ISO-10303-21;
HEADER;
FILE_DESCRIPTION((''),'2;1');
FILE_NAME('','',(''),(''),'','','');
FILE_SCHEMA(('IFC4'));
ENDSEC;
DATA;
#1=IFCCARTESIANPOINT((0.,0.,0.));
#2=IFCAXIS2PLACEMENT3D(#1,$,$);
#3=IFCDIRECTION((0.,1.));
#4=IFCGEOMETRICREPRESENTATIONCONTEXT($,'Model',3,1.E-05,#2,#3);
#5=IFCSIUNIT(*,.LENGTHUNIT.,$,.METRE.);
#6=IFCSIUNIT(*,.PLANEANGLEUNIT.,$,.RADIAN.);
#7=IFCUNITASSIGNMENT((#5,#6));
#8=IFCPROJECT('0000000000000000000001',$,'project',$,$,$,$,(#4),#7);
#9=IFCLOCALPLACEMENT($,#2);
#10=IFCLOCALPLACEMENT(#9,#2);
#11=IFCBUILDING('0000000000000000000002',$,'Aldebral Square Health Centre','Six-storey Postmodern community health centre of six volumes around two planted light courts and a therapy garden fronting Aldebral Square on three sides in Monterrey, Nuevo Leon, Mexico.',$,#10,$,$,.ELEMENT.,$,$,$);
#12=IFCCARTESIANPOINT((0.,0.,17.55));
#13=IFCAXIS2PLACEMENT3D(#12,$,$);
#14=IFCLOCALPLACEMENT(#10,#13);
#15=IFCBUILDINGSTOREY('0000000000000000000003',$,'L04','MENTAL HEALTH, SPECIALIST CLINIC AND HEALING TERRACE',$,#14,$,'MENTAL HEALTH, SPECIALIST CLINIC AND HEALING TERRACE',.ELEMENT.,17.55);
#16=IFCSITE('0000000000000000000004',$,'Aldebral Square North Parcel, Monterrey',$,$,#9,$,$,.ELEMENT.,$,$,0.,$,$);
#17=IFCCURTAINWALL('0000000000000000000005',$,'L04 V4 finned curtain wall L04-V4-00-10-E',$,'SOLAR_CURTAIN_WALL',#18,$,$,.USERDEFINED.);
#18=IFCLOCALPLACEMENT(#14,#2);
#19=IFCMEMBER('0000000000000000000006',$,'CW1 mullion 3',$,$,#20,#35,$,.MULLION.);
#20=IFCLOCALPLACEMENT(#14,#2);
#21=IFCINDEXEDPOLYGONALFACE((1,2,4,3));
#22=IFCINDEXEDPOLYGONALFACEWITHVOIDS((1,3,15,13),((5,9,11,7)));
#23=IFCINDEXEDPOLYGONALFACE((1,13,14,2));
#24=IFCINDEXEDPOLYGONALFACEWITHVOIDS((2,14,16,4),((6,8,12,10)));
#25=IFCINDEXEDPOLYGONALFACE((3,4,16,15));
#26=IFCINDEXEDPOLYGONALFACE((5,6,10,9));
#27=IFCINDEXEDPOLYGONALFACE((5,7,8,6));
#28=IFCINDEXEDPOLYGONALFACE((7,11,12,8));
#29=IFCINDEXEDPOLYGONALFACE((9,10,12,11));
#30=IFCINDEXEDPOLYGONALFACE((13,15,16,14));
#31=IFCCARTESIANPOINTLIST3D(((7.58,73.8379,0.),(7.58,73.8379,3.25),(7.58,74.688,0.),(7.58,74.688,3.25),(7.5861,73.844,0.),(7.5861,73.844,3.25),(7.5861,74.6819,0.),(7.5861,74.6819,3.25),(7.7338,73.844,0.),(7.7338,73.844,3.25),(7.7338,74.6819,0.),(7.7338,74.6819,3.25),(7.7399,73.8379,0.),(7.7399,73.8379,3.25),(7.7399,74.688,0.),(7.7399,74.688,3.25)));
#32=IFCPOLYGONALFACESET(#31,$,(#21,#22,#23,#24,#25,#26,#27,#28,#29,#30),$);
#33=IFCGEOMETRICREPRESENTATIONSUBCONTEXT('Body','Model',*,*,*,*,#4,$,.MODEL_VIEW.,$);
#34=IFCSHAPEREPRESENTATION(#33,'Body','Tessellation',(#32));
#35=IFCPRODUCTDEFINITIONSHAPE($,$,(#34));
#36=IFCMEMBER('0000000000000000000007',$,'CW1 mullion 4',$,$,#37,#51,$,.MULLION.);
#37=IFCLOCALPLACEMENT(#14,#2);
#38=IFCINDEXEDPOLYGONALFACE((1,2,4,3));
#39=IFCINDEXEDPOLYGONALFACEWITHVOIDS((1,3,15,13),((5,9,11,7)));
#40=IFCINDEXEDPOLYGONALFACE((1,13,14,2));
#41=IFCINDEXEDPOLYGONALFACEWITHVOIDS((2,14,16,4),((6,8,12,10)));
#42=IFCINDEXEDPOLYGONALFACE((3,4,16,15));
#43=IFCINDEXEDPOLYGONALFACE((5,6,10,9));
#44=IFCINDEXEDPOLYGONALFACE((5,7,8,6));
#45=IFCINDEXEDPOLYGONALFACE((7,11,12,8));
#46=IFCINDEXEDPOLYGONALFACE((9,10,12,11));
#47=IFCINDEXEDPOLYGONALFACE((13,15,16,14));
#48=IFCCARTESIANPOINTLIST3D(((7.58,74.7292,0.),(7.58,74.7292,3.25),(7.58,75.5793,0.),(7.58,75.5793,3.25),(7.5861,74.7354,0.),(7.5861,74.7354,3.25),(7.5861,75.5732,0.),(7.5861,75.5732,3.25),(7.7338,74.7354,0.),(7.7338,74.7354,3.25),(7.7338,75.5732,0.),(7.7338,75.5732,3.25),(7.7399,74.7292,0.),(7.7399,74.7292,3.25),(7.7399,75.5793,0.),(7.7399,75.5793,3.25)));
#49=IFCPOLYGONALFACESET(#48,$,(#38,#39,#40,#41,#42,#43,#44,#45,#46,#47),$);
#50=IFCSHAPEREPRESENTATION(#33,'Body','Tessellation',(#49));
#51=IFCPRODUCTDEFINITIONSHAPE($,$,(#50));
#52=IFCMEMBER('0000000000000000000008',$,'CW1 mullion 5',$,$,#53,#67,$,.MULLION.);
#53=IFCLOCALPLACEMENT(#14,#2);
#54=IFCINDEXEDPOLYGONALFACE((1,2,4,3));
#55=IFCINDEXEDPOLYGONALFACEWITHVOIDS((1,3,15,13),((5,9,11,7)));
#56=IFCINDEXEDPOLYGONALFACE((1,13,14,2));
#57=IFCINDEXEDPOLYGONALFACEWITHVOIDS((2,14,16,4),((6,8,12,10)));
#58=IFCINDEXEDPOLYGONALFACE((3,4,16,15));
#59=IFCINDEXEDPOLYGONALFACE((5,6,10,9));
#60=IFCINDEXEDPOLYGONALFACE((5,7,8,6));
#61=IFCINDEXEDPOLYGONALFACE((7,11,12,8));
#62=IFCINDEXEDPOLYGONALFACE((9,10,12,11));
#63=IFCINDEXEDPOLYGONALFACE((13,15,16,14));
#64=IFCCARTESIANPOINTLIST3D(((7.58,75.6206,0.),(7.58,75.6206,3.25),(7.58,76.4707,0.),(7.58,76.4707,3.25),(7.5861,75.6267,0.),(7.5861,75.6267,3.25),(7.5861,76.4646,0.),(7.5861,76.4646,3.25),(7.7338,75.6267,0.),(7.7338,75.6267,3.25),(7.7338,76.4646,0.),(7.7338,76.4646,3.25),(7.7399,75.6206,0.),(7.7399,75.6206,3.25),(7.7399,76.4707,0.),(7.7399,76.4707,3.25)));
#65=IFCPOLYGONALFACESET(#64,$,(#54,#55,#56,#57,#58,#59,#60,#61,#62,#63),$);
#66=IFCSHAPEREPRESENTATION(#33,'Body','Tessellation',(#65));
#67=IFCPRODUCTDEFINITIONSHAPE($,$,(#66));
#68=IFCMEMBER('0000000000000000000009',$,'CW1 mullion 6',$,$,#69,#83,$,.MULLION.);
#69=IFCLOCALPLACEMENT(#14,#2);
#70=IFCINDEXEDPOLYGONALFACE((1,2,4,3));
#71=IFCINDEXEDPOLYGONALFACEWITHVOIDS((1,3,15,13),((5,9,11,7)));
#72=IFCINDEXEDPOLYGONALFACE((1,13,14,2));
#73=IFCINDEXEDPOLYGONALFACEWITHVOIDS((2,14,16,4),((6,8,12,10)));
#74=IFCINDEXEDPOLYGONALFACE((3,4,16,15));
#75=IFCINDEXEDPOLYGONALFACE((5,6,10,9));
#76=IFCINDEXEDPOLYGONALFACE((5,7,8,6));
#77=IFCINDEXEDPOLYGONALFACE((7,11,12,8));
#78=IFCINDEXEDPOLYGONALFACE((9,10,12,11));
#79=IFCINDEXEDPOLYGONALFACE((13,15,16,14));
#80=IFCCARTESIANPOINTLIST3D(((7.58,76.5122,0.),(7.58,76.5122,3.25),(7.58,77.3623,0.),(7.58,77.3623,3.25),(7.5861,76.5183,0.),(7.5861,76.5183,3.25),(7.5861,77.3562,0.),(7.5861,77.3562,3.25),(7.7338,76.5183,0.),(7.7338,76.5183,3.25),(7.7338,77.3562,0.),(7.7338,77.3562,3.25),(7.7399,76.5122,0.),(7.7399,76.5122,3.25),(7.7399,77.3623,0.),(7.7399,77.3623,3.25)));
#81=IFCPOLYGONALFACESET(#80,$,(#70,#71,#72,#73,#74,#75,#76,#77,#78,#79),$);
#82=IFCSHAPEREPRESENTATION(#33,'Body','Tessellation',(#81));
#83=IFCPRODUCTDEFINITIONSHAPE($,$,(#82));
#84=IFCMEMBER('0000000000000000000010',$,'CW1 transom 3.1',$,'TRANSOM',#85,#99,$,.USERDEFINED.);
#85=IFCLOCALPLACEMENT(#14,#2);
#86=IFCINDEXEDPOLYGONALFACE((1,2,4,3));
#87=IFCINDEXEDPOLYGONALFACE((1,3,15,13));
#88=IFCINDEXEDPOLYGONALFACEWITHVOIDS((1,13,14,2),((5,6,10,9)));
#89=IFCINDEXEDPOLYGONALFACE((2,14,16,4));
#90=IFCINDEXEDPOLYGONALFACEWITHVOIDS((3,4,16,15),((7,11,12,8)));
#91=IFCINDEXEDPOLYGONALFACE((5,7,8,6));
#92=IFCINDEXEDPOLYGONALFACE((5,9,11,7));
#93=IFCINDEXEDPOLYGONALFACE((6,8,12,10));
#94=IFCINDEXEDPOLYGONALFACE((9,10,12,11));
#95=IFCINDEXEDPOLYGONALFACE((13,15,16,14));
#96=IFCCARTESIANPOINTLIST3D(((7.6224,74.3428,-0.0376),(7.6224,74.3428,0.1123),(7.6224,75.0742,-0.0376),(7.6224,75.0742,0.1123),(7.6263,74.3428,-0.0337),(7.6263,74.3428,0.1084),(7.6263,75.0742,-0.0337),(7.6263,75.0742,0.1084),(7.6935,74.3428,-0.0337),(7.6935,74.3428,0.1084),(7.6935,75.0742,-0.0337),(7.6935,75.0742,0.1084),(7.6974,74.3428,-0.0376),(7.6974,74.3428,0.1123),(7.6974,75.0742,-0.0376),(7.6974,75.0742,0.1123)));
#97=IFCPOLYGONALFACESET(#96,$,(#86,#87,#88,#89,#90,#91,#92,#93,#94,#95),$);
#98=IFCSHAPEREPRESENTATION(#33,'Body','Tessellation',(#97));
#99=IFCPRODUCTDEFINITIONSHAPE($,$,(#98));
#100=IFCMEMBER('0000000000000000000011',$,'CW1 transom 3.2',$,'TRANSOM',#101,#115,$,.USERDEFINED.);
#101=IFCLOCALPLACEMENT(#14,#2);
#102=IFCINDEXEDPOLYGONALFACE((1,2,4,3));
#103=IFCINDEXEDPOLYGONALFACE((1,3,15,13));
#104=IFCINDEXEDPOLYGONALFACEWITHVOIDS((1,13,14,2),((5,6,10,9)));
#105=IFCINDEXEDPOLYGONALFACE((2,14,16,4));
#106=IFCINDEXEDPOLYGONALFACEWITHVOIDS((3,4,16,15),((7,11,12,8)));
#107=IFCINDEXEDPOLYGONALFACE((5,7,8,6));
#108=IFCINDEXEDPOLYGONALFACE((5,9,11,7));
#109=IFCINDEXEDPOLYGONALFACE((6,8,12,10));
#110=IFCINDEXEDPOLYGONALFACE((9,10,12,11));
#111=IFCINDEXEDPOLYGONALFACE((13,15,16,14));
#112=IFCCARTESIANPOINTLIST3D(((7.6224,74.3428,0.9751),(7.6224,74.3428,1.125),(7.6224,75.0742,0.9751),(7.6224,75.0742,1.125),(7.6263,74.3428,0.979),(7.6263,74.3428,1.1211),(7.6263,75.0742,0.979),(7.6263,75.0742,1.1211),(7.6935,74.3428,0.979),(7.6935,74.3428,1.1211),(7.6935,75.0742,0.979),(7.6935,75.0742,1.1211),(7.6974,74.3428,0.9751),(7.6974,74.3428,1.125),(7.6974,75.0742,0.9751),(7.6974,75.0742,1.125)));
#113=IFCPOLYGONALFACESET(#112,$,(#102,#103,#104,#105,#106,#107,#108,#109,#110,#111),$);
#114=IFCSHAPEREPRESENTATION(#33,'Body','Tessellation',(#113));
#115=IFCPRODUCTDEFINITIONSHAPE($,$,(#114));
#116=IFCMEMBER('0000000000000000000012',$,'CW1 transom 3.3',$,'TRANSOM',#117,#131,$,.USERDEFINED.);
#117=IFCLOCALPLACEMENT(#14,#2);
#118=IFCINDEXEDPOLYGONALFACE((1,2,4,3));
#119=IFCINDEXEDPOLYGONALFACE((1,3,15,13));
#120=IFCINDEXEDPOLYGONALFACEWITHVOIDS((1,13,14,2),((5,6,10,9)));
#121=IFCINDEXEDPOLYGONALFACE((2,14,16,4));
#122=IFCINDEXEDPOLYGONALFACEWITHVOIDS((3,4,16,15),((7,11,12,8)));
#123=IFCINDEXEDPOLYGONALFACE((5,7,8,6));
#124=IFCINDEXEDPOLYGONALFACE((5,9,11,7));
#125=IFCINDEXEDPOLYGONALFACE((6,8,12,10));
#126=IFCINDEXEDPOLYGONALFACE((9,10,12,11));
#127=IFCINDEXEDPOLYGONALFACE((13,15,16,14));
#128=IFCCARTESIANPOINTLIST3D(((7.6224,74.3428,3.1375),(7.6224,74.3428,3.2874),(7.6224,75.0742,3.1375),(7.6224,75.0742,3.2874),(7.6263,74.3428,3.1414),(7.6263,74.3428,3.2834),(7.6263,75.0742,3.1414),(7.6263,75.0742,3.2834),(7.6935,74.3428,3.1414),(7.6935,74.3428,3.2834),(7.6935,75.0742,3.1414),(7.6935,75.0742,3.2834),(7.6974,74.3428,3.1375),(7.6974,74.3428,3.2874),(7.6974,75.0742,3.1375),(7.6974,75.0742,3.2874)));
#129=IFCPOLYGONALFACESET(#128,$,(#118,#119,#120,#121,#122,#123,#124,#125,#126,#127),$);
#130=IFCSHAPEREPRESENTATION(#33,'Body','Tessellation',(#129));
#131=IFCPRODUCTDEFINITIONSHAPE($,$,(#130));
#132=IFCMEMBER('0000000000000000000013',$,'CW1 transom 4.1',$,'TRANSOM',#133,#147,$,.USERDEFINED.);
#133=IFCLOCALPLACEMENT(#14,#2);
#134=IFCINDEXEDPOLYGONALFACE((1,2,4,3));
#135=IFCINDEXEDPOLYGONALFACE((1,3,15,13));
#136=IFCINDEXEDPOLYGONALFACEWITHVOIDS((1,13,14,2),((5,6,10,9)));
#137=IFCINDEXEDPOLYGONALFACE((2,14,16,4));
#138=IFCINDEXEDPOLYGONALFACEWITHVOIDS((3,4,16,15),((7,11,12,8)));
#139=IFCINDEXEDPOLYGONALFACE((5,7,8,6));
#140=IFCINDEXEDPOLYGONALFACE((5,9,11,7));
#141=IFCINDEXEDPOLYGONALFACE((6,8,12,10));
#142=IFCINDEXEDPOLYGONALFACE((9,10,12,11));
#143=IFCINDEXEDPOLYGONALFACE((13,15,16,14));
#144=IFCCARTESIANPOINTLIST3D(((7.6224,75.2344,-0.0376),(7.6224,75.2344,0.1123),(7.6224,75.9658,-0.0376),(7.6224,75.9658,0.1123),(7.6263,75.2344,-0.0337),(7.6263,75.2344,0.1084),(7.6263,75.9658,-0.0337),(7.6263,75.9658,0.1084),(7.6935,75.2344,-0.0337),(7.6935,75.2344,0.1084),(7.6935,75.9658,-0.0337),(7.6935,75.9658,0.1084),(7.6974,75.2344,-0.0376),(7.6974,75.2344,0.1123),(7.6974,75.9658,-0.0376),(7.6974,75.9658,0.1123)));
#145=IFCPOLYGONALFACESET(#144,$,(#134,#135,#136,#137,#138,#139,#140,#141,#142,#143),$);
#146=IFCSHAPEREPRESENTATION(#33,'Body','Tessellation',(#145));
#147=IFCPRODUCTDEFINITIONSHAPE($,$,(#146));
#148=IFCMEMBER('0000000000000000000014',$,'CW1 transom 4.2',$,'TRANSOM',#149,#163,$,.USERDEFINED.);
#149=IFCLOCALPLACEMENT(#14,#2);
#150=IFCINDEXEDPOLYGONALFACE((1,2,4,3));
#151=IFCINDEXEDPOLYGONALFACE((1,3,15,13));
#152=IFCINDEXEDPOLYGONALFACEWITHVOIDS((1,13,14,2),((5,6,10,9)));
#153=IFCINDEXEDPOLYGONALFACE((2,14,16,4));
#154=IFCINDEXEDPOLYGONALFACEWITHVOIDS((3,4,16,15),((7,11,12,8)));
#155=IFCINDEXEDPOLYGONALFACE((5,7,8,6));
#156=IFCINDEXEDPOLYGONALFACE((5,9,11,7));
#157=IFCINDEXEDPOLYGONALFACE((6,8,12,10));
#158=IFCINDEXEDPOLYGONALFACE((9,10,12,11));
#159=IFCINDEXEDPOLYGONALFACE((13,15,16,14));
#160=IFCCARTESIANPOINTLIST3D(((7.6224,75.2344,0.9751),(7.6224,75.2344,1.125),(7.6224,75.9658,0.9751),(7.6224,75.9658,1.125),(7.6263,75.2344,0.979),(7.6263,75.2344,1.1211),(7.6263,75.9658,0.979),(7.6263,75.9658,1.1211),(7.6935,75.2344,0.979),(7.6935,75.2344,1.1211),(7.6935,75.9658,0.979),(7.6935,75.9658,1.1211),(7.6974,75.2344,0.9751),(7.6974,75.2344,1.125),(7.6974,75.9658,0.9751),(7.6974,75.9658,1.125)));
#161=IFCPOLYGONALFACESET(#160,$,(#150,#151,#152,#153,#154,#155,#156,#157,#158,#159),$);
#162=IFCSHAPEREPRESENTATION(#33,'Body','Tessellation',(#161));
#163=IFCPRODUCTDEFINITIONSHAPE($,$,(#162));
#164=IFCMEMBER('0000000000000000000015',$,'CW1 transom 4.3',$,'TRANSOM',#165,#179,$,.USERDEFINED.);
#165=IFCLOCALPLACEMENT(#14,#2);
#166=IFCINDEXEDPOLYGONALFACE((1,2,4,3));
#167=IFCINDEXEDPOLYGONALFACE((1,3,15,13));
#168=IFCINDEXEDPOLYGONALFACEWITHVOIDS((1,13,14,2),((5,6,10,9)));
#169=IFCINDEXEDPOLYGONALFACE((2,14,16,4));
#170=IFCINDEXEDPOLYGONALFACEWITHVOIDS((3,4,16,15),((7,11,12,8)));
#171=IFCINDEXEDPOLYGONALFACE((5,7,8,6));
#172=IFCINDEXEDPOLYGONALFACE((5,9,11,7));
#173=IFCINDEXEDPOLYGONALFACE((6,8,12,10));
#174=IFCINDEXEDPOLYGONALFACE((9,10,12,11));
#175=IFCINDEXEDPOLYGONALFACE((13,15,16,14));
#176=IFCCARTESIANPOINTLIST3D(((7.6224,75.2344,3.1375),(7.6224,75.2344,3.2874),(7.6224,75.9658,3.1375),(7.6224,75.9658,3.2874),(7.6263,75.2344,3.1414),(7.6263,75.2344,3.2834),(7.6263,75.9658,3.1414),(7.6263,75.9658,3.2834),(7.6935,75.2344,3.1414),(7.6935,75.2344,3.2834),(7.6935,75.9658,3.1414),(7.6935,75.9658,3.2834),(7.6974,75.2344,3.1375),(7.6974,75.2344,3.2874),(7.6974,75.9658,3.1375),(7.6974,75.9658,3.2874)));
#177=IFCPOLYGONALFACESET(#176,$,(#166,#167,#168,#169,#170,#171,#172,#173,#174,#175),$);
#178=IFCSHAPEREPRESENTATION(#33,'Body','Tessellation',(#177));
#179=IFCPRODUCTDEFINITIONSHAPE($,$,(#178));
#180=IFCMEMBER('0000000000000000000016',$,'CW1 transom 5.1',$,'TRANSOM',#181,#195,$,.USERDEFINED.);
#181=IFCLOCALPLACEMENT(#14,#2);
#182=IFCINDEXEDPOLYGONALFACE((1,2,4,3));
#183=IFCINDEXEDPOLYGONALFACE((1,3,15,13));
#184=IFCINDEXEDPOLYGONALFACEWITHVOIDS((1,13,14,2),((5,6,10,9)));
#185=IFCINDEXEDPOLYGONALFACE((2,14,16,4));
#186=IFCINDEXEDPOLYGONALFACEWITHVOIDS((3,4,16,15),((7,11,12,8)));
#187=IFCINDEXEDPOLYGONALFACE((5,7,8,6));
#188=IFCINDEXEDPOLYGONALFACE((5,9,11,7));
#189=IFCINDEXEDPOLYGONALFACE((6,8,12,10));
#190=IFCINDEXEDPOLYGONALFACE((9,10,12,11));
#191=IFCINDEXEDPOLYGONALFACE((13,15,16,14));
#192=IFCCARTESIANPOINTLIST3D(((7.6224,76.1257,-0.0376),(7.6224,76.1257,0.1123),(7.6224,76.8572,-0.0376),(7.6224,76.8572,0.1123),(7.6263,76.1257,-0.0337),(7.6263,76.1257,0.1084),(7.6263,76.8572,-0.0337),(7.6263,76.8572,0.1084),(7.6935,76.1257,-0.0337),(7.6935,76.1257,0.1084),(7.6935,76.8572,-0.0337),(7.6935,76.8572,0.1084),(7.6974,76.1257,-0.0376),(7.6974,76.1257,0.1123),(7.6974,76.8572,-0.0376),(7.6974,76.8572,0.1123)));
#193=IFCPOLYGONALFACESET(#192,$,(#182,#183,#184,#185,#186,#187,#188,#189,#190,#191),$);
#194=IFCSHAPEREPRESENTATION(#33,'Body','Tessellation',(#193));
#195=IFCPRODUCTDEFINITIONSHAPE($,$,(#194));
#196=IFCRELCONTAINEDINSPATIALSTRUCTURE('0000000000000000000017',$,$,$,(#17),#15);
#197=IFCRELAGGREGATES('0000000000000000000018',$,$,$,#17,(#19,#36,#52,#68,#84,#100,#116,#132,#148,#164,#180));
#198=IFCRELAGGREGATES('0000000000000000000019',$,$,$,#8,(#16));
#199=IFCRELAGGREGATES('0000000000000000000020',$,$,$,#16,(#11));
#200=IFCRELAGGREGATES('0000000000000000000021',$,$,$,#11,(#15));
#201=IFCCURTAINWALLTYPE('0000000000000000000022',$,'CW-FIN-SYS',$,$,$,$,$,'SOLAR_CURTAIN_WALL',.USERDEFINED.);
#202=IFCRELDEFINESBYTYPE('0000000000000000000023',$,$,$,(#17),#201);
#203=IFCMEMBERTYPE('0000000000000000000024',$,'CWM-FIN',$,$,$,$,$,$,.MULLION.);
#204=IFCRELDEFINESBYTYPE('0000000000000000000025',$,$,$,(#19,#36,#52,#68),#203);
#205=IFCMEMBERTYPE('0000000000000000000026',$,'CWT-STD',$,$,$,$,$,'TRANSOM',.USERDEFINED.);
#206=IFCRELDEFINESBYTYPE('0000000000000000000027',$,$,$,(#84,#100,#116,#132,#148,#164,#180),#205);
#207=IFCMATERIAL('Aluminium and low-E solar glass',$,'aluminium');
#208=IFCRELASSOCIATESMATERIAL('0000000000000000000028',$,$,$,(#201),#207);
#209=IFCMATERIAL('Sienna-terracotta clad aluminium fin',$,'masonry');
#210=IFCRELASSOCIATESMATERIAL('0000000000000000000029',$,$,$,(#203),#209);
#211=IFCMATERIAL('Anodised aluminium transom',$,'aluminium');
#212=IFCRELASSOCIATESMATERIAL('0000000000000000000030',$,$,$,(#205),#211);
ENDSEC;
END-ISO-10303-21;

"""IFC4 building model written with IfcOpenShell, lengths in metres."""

from ifc_helpers import new_model, si_unit, direction, frame, origin, origin_2d, place, context, subcontext, project, spatial, hollow_rectangle, extrude, material, material_profile, profile_set, type_object, element, aggregate, save


model = new_model("IFC4")

# Units and contexts
model_context = context("Model", 3, precision=1e-05, world=origin(), true_north=direction((0.0, 1.0)))
body_context = subcontext(model_context, "Body", "Model", "MODEL_VIEW")
ifc_project = project(units=[si_unit("LENGTHUNIT", "METRE"), si_unit("PLANEANGLEUNIT", "RADIAN")], contexts=[model_context])

# Site, building, storey
site_placement = place(None, origin())
site = spatial("IfcSite", under=ifc_project, at=site_placement, Name="Aldebral Square North Parcel, Monterrey", CompositionType="ELEMENT", RefElevation=0.0)
building_placement = place(site_placement, origin())
building = spatial("IfcBuilding", under=site, at=building_placement, Name="Aldebral Square Health Centre", Description="Six-storey Postmodern community health centre of six volumes around two planted light courts and a therapy garden fronting Aldebral Square on three sides in Monterrey, Nuevo Leon, Mexico.", CompositionType="ELEMENT")
storey_placement = place(building_placement, frame((0.0, 0.0, 17.55)))
storey = spatial("IfcBuildingStorey", under=building, at=storey_placement, Name="L04", Description="MENTAL HEALTH, SPECIALIST CLINIC AND HEALING TERRACE", LongName="MENTAL HEALTH, SPECIALIST CLINIC AND HEALING TERRACE", CompositionType="ELEMENT", Elevation=17.55)

# Curtain wall, members
ifc_material_1 = material(Name="Aluminium and low-E solar glass", Category="aluminium")
curtain_wall_type = type_object("IfcCurtainWallType", Name="CW-FIN-SYS", ElementType="SOLAR_CURTAIN_WALL", PredefinedType="USERDEFINED", material=ifc_material_1)
curtain_wall_placement = place(storey_placement, origin())
curtain_wall = element("IfcCurtainWall", 1, at=curtain_wall_placement, inside=storey, type_object=curtain_wall_type, Name="L04 V4 finned curtain wall L04-V4-00-10-E", ObjectType="SOLAR_CURTAIN_WALL", PredefinedType="USERDEFINED")
ifc_material_2 = material(Name="Sienna-terracotta clad aluminium fin", Category="masonry")
ifc_material_profile_1 = material_profile(ifc_material_2, hollow_rectangle(XDim=0.1599, YDim=0.8501, WallThickness=0.0061, at=origin_2d()), Name="FIN 160x850x6")
ifc_profile_set_1 = profile_set([ifc_material_profile_1], Name="Sienna-terracotta clad aluminium fin")
member_type_1 = type_object("IfcMemberType", Name="CWM-FIN", PredefinedType="MULLION", material=ifc_profile_set_1)
member_1_placement = place(storey_placement, frame((7.6599, 74.2629, 0.0), z_axis=(0.0, 0.0, 1.0), x_axis=(-1.0, 0.0, 0.0)))
member_1 = element("IfcMember", 2, at=member_1_placement, type_object=member_type_1, Name="CW1 mullion 3", PredefinedType="MULLION", context=body_context, shape_type="SweptSolid", body=[
    extrude(hollow_rectangle(XDim=0.1599, YDim=0.8501, WallThickness=0.0061, at=origin_2d()), origin(), (0.0, 0.0, 1.0), 3.25),
])
member_2_placement = place(storey_placement, frame((7.6599, 75.1543, 0.0), z_axis=(0.0, 0.0, 1.0), x_axis=(-1.0, 0.0, 0.0)))
member_2 = element("IfcMember", 3, at=member_2_placement, type_object=member_type_1, Name="CW1 mullion 4", PredefinedType="MULLION", context=body_context, shape_type="SweptSolid", body=[
    extrude(hollow_rectangle(XDim=0.1599, YDim=0.8501, WallThickness=0.0061, at=origin_2d()), origin(), (0.0, 0.0, 1.0), 3.25),
])
member_3_placement = place(storey_placement, frame((7.6599, 76.0457, 0.0), z_axis=(0.0, 0.0, 1.0), x_axis=(-1.0, 0.0, 0.0)))
member_3 = element("IfcMember", 4, at=member_3_placement, type_object=member_type_1, Name="CW1 mullion 5", PredefinedType="MULLION", context=body_context, shape_type="SweptSolid", body=[
    extrude(hollow_rectangle(XDim=0.1599, YDim=0.8501, WallThickness=0.0061, at=origin_2d()), origin(), (0.0, 0.0, 1.0), 3.25),
])
member_4_placement = place(storey_placement, frame((7.6599, 76.9373, 0.0), z_axis=(0.0, 0.0, 1.0), x_axis=(-1.0, 0.0, 0.0)))
member_4 = element("IfcMember", 5, at=member_4_placement, type_object=member_type_1, Name="CW1 mullion 6", PredefinedType="MULLION", context=body_context, shape_type="SweptSolid", body=[
    extrude(hollow_rectangle(XDim=0.1599, YDim=0.8501, WallThickness=0.0061, at=origin_2d()), origin(), (0.0, 0.0, 1.0), 3.25),
])
ifc_material_3 = material(Name="Anodised aluminium transom", Category="aluminium")
ifc_material_profile_2 = material_profile(ifc_material_3, hollow_rectangle(XDim=0.075, YDim=0.1499, WallThickness=0.0039, at=origin_2d()), Name="CWT 75x150x4")
ifc_profile_set_2 = profile_set([ifc_material_profile_2], Name="Anodised aluminium transom")
member_type_2 = type_object("IfcMemberType", Name="CWT-STD", ElementType="TRANSOM", PredefinedType="USERDEFINED", material=ifc_profile_set_2)
member_5_placement = place(storey_placement, frame((7.6599, 74.3428, 0.0374), z_axis=(0.0, 1.0, 0.0), x_axis=(-1.0, 0.0, 0.0)))
member_5 = element("IfcMember", 6, at=member_5_placement, type_object=member_type_2, Name="CW1 transom 3.1", ObjectType="TRANSOM", PredefinedType="USERDEFINED", context=body_context, shape_type="SweptSolid", body=[
    extrude(hollow_rectangle(XDim=0.075, YDim=0.1499, WallThickness=0.0039, at=origin_2d()), origin(), (0.0, 0.0, 1.0), 0.7314),
])
member_6_placement = place(storey_placement, frame((7.6599, 74.3428, 1.05), z_axis=(0.0, 1.0, 0.0), x_axis=(-1.0, 0.0, 0.0)))
member_6 = element("IfcMember", 7, at=member_6_placement, type_object=member_type_2, Name="CW1 transom 3.2", ObjectType="TRANSOM", PredefinedType="USERDEFINED", context=body_context, shape_type="SweptSolid", body=[
    extrude(hollow_rectangle(XDim=0.075, YDim=0.1499, WallThickness=0.0039, at=origin_2d()), origin(), (0.0, 0.0, 1.0), 0.7314),
])
member_7_placement = place(storey_placement, frame((7.6599, 74.3428, 3.2124), z_axis=(0.0, 1.0, 0.0), x_axis=(-1.0, 0.0, 0.0)))
member_7 = element("IfcMember", 8, at=member_7_placement, type_object=member_type_2, Name="CW1 transom 3.3", ObjectType="TRANSOM", PredefinedType="USERDEFINED", context=body_context, shape_type="SweptSolid", body=[
    extrude(hollow_rectangle(XDim=0.075, YDim=0.1499, WallThickness=0.0039, at=origin_2d()), origin(), (0.0, 0.0, 1.0), 0.7314),
])
member_8_placement = place(storey_placement, frame((7.6599, 75.2344, 0.0374), z_axis=(0.0, 1.0, 0.0), x_axis=(-1.0, 0.0, 0.0)))
member_8 = element("IfcMember", 9, at=member_8_placement, type_object=member_type_2, Name="CW1 transom 4.1", ObjectType="TRANSOM", PredefinedType="USERDEFINED", context=body_context, shape_type="SweptSolid", body=[
    extrude(hollow_rectangle(XDim=0.075, YDim=0.1499, WallThickness=0.0039, at=origin_2d()), origin(), (0.0, 0.0, 1.0), 0.7314),
])
member_9_placement = place(storey_placement, frame((7.6599, 75.2344, 1.05), z_axis=(0.0, 1.0, 0.0), x_axis=(-1.0, 0.0, 0.0)))
member_9 = element("IfcMember", 10, at=member_9_placement, type_object=member_type_2, Name="CW1 transom 4.2", ObjectType="TRANSOM", PredefinedType="USERDEFINED", context=body_context, shape_type="SweptSolid", body=[
    extrude(hollow_rectangle(XDim=0.075, YDim=0.1499, WallThickness=0.0039, at=origin_2d()), origin(), (0.0, 0.0, 1.0), 0.7314),
])
member_10_placement = place(storey_placement, frame((7.6599, 75.2344, 3.2124), z_axis=(0.0, 1.0, 0.0), x_axis=(-1.0, 0.0, 0.0)))
member_10 = element("IfcMember", 11, at=member_10_placement, type_object=member_type_2, Name="CW1 transom 4.3", ObjectType="TRANSOM", PredefinedType="USERDEFINED", context=body_context, shape_type="SweptSolid", body=[
    extrude(hollow_rectangle(XDim=0.075, YDim=0.1499, WallThickness=0.0039, at=origin_2d()), origin(), (0.0, 0.0, 1.0), 0.7314),
])
member_11_placement = place(storey_placement, frame((7.6599, 76.1257, 0.0374), z_axis=(0.0, 1.0, 0.0), x_axis=(-1.0, 0.0, 0.0)))
member_11 = element("IfcMember", 12, at=member_11_placement, type_object=member_type_2, Name="CW1 transom 5.1", ObjectType="TRANSOM", PredefinedType="USERDEFINED", context=body_context, shape_type="SweptSolid", body=[
    extrude(hollow_rectangle(XDim=0.075, YDim=0.1499, WallThickness=0.0039, at=origin_2d()), origin(), (0.0, 0.0, 1.0), 0.7314),
])
aggregate(curtain_wall, [member_1, member_2, member_3, member_4, member_5, member_6, member_7, member_8, member_9, member_10, member_11])

save(model, "model.ifc")
